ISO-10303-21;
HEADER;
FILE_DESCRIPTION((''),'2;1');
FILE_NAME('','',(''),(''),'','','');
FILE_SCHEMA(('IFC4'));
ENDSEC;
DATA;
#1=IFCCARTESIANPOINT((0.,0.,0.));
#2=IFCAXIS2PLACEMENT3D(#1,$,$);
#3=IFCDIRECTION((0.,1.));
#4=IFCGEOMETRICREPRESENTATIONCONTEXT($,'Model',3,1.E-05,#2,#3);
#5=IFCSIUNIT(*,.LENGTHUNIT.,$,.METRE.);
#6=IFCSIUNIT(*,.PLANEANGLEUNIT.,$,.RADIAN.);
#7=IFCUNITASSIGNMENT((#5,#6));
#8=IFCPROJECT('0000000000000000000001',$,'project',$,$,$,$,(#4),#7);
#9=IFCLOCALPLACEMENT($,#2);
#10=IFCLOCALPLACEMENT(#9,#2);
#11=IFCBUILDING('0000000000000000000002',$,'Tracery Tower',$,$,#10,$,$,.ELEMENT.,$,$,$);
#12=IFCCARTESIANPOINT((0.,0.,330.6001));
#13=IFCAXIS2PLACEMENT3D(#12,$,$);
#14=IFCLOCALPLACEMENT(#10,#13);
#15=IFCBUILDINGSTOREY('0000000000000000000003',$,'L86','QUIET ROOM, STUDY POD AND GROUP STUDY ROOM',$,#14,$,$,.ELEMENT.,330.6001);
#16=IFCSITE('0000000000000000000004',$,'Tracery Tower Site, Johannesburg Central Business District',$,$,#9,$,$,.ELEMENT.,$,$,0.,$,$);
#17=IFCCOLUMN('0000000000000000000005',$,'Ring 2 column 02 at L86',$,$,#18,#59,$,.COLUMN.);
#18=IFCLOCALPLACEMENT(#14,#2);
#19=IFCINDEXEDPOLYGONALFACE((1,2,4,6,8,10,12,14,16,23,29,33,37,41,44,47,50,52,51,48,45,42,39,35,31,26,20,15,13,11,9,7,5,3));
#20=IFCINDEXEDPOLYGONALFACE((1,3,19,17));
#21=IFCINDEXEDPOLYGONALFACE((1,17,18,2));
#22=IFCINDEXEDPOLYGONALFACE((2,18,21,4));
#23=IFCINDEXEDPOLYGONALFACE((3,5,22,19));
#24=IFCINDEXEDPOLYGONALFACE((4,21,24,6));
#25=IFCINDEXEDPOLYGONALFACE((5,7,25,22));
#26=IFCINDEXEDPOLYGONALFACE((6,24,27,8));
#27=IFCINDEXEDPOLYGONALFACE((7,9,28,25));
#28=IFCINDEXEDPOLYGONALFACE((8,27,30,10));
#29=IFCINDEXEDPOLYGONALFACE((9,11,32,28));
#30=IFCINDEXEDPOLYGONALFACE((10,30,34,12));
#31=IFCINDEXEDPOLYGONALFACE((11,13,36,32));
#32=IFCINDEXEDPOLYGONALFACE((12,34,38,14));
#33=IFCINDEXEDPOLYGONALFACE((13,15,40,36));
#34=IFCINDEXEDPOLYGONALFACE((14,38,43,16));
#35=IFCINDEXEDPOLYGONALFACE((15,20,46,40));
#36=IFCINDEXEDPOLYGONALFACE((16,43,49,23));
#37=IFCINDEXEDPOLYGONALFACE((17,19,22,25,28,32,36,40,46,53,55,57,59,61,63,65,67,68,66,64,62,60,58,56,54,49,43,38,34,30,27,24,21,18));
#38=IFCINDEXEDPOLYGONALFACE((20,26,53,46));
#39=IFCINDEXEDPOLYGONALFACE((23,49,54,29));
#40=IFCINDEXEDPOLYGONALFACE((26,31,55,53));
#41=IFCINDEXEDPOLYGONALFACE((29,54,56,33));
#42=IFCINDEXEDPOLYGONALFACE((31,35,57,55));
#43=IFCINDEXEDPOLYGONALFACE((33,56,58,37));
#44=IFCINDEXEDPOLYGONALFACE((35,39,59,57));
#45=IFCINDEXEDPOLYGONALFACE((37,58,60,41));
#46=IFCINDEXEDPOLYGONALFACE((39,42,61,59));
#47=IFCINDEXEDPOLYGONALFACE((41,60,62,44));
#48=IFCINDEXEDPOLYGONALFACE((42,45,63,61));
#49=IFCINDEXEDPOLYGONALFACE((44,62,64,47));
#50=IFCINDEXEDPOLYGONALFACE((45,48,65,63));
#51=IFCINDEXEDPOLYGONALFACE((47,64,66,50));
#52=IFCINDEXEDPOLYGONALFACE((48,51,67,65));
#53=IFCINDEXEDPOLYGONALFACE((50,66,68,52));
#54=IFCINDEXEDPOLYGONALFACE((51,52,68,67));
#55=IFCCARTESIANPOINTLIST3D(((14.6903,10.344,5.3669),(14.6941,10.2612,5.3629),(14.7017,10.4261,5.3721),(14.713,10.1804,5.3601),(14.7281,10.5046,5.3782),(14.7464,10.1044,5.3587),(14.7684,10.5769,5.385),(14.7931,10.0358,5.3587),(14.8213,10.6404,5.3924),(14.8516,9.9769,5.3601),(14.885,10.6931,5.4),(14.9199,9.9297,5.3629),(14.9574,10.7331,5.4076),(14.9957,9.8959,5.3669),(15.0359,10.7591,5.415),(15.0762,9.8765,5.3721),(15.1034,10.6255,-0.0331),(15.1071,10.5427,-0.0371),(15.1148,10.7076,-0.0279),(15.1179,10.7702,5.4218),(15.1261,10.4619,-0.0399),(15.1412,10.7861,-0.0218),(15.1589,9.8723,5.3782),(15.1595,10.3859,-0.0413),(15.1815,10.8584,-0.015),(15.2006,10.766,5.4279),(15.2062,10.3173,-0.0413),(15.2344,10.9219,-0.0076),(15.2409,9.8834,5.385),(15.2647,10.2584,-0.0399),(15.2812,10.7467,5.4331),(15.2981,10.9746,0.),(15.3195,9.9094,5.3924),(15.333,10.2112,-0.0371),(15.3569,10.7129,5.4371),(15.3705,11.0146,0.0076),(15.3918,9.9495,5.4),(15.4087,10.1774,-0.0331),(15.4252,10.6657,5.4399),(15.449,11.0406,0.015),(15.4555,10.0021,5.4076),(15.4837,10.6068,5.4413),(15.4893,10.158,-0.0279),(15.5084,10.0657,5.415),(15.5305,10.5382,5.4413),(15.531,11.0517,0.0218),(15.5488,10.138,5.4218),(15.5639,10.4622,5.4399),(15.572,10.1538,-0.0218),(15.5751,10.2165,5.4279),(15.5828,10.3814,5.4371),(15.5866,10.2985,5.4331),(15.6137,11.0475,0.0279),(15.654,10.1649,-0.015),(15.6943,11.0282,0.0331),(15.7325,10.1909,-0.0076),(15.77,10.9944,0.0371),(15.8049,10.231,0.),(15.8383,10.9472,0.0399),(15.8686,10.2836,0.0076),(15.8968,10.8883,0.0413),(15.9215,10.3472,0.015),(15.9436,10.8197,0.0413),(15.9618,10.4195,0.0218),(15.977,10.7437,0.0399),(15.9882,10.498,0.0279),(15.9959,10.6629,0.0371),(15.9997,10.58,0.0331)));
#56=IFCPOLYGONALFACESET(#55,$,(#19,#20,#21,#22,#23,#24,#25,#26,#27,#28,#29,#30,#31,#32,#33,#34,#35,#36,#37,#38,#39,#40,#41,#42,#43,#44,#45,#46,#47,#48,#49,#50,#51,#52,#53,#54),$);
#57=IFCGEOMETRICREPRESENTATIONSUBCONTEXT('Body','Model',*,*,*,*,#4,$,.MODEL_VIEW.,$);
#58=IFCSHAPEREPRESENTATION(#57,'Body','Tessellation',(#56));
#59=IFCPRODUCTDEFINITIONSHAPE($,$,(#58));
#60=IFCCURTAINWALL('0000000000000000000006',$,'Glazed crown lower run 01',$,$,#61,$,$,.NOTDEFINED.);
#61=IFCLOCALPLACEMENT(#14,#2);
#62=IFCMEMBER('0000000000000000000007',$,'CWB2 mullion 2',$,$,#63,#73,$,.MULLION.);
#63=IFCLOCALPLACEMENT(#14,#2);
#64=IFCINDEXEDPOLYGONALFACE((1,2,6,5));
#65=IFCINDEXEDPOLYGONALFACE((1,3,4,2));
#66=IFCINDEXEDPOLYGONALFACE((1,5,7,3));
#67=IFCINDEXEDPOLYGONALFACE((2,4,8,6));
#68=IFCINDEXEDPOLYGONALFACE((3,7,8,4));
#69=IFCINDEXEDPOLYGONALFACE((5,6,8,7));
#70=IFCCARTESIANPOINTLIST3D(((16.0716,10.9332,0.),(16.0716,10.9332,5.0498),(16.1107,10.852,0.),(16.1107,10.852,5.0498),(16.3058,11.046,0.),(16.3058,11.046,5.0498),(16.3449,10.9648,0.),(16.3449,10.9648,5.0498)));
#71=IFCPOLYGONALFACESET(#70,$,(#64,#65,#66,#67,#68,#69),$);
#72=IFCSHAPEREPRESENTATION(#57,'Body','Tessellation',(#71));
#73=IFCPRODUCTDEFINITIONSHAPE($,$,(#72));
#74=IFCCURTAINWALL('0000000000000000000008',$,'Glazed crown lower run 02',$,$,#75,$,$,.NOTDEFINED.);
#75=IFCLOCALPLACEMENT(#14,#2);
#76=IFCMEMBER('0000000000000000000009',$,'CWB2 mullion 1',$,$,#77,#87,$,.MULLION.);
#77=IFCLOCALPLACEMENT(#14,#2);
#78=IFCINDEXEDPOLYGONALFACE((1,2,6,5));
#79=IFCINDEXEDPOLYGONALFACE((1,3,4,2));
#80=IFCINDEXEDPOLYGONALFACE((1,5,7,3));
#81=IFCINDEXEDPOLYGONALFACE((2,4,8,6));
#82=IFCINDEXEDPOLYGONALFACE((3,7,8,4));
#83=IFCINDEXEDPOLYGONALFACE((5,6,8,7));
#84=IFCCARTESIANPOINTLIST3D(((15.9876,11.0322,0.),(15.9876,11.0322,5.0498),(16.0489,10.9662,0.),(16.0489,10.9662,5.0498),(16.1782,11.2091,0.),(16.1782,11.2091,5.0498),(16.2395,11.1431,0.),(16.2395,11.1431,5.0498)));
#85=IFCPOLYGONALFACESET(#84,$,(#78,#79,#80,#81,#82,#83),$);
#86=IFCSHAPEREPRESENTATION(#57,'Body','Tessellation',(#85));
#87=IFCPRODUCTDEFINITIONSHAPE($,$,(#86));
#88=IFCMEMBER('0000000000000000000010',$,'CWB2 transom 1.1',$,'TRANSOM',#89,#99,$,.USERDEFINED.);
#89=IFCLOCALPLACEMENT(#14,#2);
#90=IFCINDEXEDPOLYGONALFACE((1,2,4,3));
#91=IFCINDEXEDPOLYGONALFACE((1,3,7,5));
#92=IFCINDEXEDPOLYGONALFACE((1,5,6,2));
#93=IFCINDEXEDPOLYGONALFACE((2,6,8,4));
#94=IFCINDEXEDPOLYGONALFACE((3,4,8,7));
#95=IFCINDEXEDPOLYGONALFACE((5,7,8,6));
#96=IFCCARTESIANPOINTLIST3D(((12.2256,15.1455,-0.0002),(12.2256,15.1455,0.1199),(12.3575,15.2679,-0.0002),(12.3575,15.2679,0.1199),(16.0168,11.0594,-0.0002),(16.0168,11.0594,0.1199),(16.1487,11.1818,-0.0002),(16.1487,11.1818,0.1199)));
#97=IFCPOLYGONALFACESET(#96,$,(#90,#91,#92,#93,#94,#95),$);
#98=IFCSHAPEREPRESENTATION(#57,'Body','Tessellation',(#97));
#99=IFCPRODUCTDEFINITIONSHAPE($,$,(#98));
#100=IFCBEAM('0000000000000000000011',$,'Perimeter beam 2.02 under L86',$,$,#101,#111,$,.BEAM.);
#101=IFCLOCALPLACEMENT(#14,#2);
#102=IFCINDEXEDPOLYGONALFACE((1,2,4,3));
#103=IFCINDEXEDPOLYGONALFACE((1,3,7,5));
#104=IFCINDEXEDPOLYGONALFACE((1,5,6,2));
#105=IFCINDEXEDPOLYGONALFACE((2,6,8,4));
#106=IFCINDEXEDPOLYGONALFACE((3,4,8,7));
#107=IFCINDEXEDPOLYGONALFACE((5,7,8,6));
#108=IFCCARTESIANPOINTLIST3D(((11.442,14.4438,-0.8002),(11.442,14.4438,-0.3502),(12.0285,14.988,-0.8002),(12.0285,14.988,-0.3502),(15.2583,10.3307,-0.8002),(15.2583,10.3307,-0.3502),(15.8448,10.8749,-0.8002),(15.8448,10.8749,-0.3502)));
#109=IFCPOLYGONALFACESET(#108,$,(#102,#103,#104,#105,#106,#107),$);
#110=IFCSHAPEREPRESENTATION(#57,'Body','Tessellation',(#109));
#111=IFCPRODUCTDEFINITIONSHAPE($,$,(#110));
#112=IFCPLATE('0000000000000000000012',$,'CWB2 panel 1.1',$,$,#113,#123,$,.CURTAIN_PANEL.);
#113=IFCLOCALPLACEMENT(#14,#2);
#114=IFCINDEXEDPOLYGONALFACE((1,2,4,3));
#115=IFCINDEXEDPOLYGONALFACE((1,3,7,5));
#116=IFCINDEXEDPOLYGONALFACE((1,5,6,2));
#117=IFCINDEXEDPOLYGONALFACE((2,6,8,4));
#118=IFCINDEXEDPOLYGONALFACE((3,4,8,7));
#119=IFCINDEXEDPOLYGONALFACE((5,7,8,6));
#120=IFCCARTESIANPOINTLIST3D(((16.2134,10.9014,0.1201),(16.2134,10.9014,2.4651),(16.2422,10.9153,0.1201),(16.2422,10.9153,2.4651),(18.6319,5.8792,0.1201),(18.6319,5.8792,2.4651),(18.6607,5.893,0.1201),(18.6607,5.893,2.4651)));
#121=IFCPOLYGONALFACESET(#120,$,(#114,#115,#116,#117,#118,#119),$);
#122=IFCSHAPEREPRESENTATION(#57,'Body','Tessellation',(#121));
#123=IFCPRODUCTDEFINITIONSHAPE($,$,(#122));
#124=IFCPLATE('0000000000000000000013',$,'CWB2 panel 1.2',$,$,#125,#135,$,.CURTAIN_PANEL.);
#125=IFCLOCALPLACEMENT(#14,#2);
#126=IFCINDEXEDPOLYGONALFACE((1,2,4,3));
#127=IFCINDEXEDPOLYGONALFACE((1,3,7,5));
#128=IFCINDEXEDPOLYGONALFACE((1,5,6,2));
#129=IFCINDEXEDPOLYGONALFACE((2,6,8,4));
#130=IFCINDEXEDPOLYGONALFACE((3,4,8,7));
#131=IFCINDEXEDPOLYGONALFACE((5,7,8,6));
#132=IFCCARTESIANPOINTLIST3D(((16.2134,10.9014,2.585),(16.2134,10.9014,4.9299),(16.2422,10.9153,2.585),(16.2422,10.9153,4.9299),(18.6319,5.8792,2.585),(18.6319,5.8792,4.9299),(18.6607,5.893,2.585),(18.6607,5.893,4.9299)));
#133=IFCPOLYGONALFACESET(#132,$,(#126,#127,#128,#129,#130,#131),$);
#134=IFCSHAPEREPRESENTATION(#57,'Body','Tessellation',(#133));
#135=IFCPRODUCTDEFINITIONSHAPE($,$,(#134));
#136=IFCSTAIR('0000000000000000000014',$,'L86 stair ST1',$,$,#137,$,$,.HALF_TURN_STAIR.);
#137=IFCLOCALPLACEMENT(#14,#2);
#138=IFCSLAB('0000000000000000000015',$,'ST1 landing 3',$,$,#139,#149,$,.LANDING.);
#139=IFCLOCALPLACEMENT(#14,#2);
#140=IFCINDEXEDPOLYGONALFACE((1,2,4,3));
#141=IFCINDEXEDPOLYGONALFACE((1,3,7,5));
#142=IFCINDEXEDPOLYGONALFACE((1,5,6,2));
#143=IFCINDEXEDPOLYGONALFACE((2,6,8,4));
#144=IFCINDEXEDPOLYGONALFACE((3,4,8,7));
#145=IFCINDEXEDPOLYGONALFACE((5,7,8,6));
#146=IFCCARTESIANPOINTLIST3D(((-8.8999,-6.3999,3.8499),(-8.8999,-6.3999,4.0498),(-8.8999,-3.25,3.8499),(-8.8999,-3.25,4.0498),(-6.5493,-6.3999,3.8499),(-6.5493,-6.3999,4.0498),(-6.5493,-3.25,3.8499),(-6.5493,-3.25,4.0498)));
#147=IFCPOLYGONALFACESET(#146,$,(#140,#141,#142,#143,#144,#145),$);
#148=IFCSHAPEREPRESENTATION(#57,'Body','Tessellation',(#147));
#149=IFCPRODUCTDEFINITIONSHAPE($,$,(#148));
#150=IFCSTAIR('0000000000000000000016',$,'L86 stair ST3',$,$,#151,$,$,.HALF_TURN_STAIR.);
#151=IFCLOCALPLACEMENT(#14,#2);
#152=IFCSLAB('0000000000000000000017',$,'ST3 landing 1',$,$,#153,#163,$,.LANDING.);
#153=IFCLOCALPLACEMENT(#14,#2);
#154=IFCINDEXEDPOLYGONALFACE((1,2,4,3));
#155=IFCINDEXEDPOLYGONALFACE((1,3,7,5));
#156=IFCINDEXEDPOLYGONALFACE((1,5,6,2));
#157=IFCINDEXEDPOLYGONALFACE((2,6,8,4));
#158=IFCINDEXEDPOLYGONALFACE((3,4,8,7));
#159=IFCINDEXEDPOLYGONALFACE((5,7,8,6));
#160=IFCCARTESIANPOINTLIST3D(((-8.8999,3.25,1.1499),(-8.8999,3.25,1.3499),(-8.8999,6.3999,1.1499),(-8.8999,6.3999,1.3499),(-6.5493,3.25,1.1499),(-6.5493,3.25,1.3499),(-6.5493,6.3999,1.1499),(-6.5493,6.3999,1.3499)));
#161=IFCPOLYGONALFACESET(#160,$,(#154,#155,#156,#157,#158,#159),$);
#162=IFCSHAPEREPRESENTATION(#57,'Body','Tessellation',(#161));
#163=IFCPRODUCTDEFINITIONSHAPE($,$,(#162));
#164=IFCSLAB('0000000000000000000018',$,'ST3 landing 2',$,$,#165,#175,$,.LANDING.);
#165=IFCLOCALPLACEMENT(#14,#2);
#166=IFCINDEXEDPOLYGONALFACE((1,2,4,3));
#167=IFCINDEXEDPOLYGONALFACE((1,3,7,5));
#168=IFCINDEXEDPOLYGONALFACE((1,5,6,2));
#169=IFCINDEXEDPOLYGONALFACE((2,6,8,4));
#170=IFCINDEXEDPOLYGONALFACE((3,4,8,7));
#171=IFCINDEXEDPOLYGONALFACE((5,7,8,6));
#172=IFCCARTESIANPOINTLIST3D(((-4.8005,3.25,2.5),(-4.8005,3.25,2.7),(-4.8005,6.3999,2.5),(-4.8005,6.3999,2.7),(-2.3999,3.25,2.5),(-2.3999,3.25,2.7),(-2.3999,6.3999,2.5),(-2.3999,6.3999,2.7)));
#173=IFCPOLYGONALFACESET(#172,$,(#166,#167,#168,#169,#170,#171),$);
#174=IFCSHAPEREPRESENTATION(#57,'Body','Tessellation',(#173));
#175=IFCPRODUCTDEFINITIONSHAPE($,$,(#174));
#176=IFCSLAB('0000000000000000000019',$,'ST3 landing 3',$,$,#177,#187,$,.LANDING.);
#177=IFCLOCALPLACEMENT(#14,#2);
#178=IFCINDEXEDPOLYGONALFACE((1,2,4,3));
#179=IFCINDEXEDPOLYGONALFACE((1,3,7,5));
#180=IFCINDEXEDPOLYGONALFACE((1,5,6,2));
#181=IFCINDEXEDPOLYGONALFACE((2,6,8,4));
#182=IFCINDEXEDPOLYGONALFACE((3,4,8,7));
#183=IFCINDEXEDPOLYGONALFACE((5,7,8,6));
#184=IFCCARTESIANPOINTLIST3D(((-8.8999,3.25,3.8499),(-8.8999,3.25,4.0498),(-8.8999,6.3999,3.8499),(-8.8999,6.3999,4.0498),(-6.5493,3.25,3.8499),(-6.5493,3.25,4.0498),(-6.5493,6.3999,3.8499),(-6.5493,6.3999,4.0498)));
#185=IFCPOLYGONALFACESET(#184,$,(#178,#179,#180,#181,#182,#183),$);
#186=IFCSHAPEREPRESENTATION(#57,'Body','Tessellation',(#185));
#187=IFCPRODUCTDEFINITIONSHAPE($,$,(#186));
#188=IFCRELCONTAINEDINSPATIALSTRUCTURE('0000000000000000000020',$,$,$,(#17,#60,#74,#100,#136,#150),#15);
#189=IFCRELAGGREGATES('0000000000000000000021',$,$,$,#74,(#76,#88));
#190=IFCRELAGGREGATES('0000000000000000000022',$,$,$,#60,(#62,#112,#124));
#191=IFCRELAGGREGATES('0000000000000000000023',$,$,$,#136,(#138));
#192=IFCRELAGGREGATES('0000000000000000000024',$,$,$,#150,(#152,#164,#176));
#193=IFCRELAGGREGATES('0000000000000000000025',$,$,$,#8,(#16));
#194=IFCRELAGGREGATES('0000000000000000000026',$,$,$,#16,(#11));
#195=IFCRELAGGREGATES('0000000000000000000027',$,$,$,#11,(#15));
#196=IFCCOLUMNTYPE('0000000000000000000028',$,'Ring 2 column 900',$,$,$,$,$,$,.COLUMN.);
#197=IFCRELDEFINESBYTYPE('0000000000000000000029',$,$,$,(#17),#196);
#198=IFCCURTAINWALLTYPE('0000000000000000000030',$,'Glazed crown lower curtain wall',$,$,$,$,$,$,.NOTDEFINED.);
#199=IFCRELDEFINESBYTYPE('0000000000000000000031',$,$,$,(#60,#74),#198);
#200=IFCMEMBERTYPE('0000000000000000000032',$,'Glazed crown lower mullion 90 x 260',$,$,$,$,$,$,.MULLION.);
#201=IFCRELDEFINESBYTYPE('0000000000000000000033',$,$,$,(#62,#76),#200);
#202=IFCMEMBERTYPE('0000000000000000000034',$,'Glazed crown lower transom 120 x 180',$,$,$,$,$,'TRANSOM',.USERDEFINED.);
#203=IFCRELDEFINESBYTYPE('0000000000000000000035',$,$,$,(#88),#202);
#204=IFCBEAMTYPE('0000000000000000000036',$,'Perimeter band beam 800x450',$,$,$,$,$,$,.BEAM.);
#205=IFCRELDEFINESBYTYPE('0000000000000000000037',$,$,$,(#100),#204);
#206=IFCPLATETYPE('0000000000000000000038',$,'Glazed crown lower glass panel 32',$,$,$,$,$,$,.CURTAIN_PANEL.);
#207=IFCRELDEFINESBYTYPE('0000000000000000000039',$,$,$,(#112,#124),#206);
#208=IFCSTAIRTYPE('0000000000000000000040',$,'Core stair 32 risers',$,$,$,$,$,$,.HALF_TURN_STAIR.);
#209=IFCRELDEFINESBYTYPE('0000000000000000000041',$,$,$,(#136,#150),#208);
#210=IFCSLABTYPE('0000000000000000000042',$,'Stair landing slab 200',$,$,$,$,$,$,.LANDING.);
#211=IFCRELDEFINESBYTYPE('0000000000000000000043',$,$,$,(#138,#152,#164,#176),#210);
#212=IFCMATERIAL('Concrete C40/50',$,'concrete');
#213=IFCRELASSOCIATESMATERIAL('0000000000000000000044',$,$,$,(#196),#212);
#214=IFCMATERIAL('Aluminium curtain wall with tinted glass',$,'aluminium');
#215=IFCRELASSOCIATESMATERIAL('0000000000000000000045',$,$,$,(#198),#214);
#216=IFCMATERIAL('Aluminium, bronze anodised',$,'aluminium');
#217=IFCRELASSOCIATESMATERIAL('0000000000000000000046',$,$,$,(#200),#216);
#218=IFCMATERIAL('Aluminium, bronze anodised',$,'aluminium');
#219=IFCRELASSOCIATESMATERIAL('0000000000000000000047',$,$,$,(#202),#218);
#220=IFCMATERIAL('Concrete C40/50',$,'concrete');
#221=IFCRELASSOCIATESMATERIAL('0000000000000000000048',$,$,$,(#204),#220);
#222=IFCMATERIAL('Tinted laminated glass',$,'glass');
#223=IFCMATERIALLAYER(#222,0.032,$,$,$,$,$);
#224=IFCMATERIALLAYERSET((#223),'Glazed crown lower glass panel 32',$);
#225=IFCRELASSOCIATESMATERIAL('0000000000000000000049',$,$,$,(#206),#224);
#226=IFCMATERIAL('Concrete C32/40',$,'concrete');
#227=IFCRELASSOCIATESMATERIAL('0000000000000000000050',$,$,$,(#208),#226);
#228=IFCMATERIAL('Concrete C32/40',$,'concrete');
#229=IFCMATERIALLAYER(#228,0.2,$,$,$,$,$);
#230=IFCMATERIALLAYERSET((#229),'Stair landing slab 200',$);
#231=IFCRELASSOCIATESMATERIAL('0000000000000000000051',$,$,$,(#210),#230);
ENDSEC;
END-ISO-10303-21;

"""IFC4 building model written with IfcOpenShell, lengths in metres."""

from ifc_helpers import new_model, si_unit, direction, frame, origin, origin_2d, place, context, subcontext, project, spatial, polyline, rectangle, circle, outline, extrude, material, layer, layer_set, material_profile, profile_set, type_object, element, aggregate, save


model = new_model("IFC4")

# Units and contexts
model_context = context("Model", 3, precision=1e-05, world=origin(), true_north=direction((0.0, 1.0)))
body_context = subcontext(model_context, "Body", "Model", "MODEL_VIEW")
ifc_project = project(units=[si_unit("LENGTHUNIT", "METRE"), si_unit("PLANEANGLEUNIT", "RADIAN")], contexts=[model_context])

# Site, building, storey
site_placement = place(None, origin())
site = spatial("IfcSite", under=ifc_project, at=site_placement, Name="Tracery Tower Site, Johannesburg Central Business District", CompositionType="ELEMENT", RefElevation=0.0)
building_placement = place(site_placement, origin())
building = spatial("IfcBuilding", under=site, at=building_placement, Name="Tracery Tower", CompositionType="ELEMENT")
storey_placement = place(building_placement, frame((0.0, 0.0, 330.6001)))
storey = spatial("IfcBuildingStorey", under=building, at=storey_placement, Name="L86", Description="QUIET ROOM, STUDY POD AND GROUP STUDY ROOM", CompositionType="ELEMENT", Elevation=330.6001)

# Column
ifc_material_1 = material(Name="Concrete C40/50", Category="concrete")
ifc_material_profile_1 = material_profile(ifc_material_1, circle(Radius=0.45, at=origin_2d()), Name="RC D900")
ifc_profile_set_1 = profile_set([ifc_material_profile_1], Name="Concrete C40/50")
column_type = type_object("IfcColumnType", Name="Ring 2 column 900", PredefinedType="COLUMN", material=ifc_profile_set_1)
column_placement = place(storey_placement, frame((15.5515, 10.6028, 0.0), z_axis=(-0.076173, -0.051908, 0.995743), x_axis=(0.563125, -0.826372, 0.0)))
element("IfcColumn", 1, at=column_placement, inside=storey, type_object=column_type, Name="Ring 2 column 02 at L86", PredefinedType="COLUMN", context=body_context, shape_type="SweptSolid", body=[
    extrude(circle(Radius=0.45, at=origin_2d()), origin(), (0.0, 0.0, 1.0), 5.4231),
])

# Curtain wall, member
ifc_material_2 = material(Name="Aluminium curtain wall with tinted glass", Category="aluminium")
curtain_wall_type = type_object("IfcCurtainWallType", Name="Glazed crown lower curtain wall", PredefinedType="NOTDEFINED", material=ifc_material_2)
curtain_wall_1_placement = place(storey_placement, origin())
curtain_wall_1 = element("IfcCurtainWall", 2, at=curtain_wall_1_placement, inside=storey, type_object=curtain_wall_type, Name="Glazed crown lower run 01", PredefinedType="NOTDEFINED")
ifc_material_3 = material(Name="Aluminium, bronze anodised", Category="aluminium")
ifc_material_profile_2 = material_profile(ifc_material_3, rectangle(XDim=0.26, YDim=0.0901, at=origin_2d()), Name="Glazed crown lower mullion 90 x 260")
ifc_profile_set_2 = profile_set([ifc_material_profile_2], Name="Aluminium, bronze anodised")
member_type_1 = type_object("IfcMemberType", Name="Glazed crown lower mullion 90 x 260", PredefinedType="MULLION", material=ifc_profile_set_2)
member_1_placement = place(storey_placement, frame((16.2083, 10.949, 0.0), z_axis=(0.0, 0.0, 1.0), x_axis=(-0.900974, -0.433873, 0.0)))
member_1 = element("IfcMember", 3, at=member_1_placement, type_object=member_type_1, Name="CWB2 mullion 2", PredefinedType="MULLION", context=body_context, shape_type="SweptSolid", body=[
    extrude(rectangle(XDim=0.26, YDim=0.0901, at=origin_2d()), origin(), (0.0, 0.0, 1.0), 5.0498),
])

# Curtain wall, members
curtain_wall_2_placement = place(storey_placement, origin())
curtain_wall_2 = element("IfcCurtainWall", 4, at=curtain_wall_2_placement, inside=storey, type_object=curtain_wall_type, Name="Glazed crown lower run 02", PredefinedType="NOTDEFINED")
member_2_placement = place(storey_placement, frame((16.1135, 11.0876, 0.0), z_axis=(0.0, 0.0, 1.0), x_axis=(-0.733054, -0.68017, 0.0)))
member_2 = element("IfcMember", 5, at=member_2_placement, type_object=member_type_1, Name="CWB2 mullion 1", PredefinedType="MULLION", context=body_context, shape_type="SweptSolid", body=[
    extrude(rectangle(XDim=0.26, YDim=0.0901, at=origin_2d()), origin(), (0.0, 0.0, 1.0), 5.0498),
])
ifc_material_4 = material(Name="Aluminium, bronze anodised", Category="aluminium")
ifc_material_profile_3 = material_profile(ifc_material_4, rectangle(XDim=0.1799, YDim=0.1201, at=origin_2d()), Name="Glazed crown lower transom 120 x 180")
ifc_profile_set_3 = profile_set([ifc_material_profile_3], Name="Aluminium, bronze anodised")
member_type_2 = type_object("IfcMemberType", Name="Glazed crown lower transom 120 x 180", ElementType="TRANSOM", PredefinedType="USERDEFINED", material=ifc_profile_set_3)
member_3_placement = place(storey_placement, frame((16.0828, 11.1206, 0.0598), z_axis=(-0.680157, 0.733066, 0.0), x_axis=(-0.733066, -0.680157, 0.0)))
member_3 = element("IfcMember", 6, at=member_3_placement, type_object=member_type_2, Name="CWB2 transom 1.1", ObjectType="TRANSOM", PredefinedType="USERDEFINED", context=body_context, shape_type="SweptSolid", body=[
    extrude(rectangle(XDim=0.1799, YDim=0.1201, at=origin_2d()), origin(), (0.0, 0.0, 1.0), 5.574),
])
aggregate(curtain_wall_2, [member_2, member_3])

# Beam
ifc_material_5 = material(Name="Concrete C40/50", Category="concrete")
ifc_material_profile_4 = material_profile(ifc_material_5, rectangle(XDim=0.8, YDim=0.45, at=origin_2d()), Name="RC 800x450")
ifc_profile_set_4 = profile_set([ifc_material_profile_4], Name="Concrete C40/50")
beam_type = type_object("IfcBeamType", Name="Perimeter band beam 800x450", PredefinedType="BEAM", material=ifc_profile_set_4)
beam_placement = place(storey_placement, frame((15.5515, 10.6028, -0.5752), z_axis=(-0.680156, 0.733068, 0.0), x_axis=(-0.733068, -0.680156, 0.0)))
element("IfcBeam", 7, at=beam_placement, inside=storey, type_object=beam_type, Name="Perimeter beam 2.02 under L86", PredefinedType="BEAM", context=body_context, shape_type="SweptSolid", body=[
    extrude(rectangle(XDim=0.8, YDim=0.45, at=origin_2d()), origin(), (0.0, 0.0, 1.0), 5.6108),
])

# Plates
ifc_material_6 = material(Name="Tinted laminated glass", Category="glass")
ifc_layer_1 = layer(ifc_material_6, 0.032)
ifc_layer_set_1 = layer_set([ifc_layer_1], Name="Glazed crown lower glass panel 32")
plate_type = type_object("IfcPlateType", Name="Glazed crown lower glass panel 32", PredefinedType="CURTAIN_PANEL", material=ifc_layer_set_1)
plate_1_placement = place(storey_placement, frame((17.437, 8.3972, 0.1201), z_axis=(0.0, 0.0, 1.0), x_axis=(-0.433873, 0.900974, 0.0)))
plate_1 = element("IfcPlate", 8, at=plate_1_placement, type_object=plate_type, Name="CWB2 panel 1.1", PredefinedType="CURTAIN_PANEL", context=body_context, shape_type="SweptSolid", body=[
    extrude(rectangle(XDim=5.5742, YDim=0.032, at=origin_2d()), origin(), (0.0, 0.0, 1.0), 2.345),
])
plate_2_placement = place(storey_placement, frame((17.437, 8.3972, 2.585), z_axis=(0.0, 0.0, 1.0), x_axis=(-0.433873, 0.900974, 0.0)))
plate_2 = element("IfcPlate", 9, at=plate_2_placement, type_object=plate_type, Name="CWB2 panel 1.2", PredefinedType="CURTAIN_PANEL", context=body_context, shape_type="SweptSolid", body=[
    extrude(rectangle(XDim=5.5742, YDim=0.032, at=origin_2d()), origin(), (0.0, 0.0, 1.0), 2.345),
])
aggregate(curtain_wall_1, [member_1, plate_1, plate_2])

# Stair, slab
ifc_material_7 = material(Name="Concrete C32/40", Category="concrete")
stair_type = type_object("IfcStairType", Name="Core stair 32 risers", PredefinedType="HALF_TURN_STAIR", material=ifc_material_7)
stair_1_placement = place(storey_placement, origin())
stair_1 = element("IfcStair", 10, at=stair_1_placement, inside=storey, type_object=stair_type, Name="L86 stair ST1", PredefinedType="HALF_TURN_STAIR")
ifc_material_8 = material(Name="Concrete C32/40", Category="concrete")
ifc_layer_2 = layer(ifc_material_8, 0.2)
ifc_layer_set_2 = layer_set([ifc_layer_2], Name="Stair landing slab 200")
slab_type = type_object("IfcSlabType", Name="Stair landing slab 200", PredefinedType="LANDING", material=ifc_layer_set_2)
slab_1_placement = place(storey_placement, frame((0.0, 0.0, 3.8499)))
slab_1 = element("IfcSlab", 11, at=slab_1_placement, type_object=slab_type, Name="ST1 landing 3", PredefinedType="LANDING", context=body_context, shape_type="SweptSolid", body=[
    extrude(outline(polyline([(-6.5493, -3.25), (-8.8999, -3.25), (-8.8999, -6.3999), (-6.5493, -6.3999), (-6.5493, -3.25)])), origin(), (0.0, 0.0, 1.0), 0.2),
])
aggregate(stair_1, [slab_1])

# Stair, slabs
stair_2_placement = place(storey_placement, origin())
stair_2 = element("IfcStair", 12, at=stair_2_placement, inside=storey, type_object=stair_type, Name="L86 stair ST3", PredefinedType="HALF_TURN_STAIR")
slab_2_placement = place(storey_placement, frame((0.0, 0.0, 1.1499)))
slab_2 = element("IfcSlab", 13, at=slab_2_placement, type_object=slab_type, Name="ST3 landing 1", PredefinedType="LANDING", context=body_context, shape_type="SweptSolid", body=[
    extrude(outline(polyline([(-6.5493, 6.3999), (-8.8999, 6.3999), (-8.8999, 3.25), (-6.5493, 3.25), (-6.5493, 6.3999)])), origin(), (0.0, 0.0, 1.0), 0.2),
])
slab_3_placement = place(storey_placement, frame((0.0, 0.0, 2.5)))
slab_3 = element("IfcSlab", 14, at=slab_3_placement, type_object=slab_type, Name="ST3 landing 2", PredefinedType="LANDING", context=body_context, shape_type="SweptSolid", body=[
    extrude(outline(polyline([(-2.3999, 6.3999), (-4.8005, 6.3999), (-4.8005, 3.25), (-2.3999, 3.25), (-2.3999, 6.3999)])), origin(), (0.0, 0.0, 1.0), 0.2),
])
slab_4_placement = place(storey_placement, frame((0.0, 0.0, 3.8499)))
slab_4 = element("IfcSlab", 15, at=slab_4_placement, type_object=slab_type, Name="ST3 landing 3", PredefinedType="LANDING", context=body_context, shape_type="SweptSolid", body=[
    extrude(outline(polyline([(-6.5493, 6.3999), (-8.8999, 6.3999), (-8.8999, 3.25), (-6.5493, 3.25), (-6.5493, 6.3999)])), origin(), (0.0, 0.0, 1.0), 0.2),
])
aggregate(stair_2, [slab_2, slab_3, slab_4])

save(model, "model.ifc")
